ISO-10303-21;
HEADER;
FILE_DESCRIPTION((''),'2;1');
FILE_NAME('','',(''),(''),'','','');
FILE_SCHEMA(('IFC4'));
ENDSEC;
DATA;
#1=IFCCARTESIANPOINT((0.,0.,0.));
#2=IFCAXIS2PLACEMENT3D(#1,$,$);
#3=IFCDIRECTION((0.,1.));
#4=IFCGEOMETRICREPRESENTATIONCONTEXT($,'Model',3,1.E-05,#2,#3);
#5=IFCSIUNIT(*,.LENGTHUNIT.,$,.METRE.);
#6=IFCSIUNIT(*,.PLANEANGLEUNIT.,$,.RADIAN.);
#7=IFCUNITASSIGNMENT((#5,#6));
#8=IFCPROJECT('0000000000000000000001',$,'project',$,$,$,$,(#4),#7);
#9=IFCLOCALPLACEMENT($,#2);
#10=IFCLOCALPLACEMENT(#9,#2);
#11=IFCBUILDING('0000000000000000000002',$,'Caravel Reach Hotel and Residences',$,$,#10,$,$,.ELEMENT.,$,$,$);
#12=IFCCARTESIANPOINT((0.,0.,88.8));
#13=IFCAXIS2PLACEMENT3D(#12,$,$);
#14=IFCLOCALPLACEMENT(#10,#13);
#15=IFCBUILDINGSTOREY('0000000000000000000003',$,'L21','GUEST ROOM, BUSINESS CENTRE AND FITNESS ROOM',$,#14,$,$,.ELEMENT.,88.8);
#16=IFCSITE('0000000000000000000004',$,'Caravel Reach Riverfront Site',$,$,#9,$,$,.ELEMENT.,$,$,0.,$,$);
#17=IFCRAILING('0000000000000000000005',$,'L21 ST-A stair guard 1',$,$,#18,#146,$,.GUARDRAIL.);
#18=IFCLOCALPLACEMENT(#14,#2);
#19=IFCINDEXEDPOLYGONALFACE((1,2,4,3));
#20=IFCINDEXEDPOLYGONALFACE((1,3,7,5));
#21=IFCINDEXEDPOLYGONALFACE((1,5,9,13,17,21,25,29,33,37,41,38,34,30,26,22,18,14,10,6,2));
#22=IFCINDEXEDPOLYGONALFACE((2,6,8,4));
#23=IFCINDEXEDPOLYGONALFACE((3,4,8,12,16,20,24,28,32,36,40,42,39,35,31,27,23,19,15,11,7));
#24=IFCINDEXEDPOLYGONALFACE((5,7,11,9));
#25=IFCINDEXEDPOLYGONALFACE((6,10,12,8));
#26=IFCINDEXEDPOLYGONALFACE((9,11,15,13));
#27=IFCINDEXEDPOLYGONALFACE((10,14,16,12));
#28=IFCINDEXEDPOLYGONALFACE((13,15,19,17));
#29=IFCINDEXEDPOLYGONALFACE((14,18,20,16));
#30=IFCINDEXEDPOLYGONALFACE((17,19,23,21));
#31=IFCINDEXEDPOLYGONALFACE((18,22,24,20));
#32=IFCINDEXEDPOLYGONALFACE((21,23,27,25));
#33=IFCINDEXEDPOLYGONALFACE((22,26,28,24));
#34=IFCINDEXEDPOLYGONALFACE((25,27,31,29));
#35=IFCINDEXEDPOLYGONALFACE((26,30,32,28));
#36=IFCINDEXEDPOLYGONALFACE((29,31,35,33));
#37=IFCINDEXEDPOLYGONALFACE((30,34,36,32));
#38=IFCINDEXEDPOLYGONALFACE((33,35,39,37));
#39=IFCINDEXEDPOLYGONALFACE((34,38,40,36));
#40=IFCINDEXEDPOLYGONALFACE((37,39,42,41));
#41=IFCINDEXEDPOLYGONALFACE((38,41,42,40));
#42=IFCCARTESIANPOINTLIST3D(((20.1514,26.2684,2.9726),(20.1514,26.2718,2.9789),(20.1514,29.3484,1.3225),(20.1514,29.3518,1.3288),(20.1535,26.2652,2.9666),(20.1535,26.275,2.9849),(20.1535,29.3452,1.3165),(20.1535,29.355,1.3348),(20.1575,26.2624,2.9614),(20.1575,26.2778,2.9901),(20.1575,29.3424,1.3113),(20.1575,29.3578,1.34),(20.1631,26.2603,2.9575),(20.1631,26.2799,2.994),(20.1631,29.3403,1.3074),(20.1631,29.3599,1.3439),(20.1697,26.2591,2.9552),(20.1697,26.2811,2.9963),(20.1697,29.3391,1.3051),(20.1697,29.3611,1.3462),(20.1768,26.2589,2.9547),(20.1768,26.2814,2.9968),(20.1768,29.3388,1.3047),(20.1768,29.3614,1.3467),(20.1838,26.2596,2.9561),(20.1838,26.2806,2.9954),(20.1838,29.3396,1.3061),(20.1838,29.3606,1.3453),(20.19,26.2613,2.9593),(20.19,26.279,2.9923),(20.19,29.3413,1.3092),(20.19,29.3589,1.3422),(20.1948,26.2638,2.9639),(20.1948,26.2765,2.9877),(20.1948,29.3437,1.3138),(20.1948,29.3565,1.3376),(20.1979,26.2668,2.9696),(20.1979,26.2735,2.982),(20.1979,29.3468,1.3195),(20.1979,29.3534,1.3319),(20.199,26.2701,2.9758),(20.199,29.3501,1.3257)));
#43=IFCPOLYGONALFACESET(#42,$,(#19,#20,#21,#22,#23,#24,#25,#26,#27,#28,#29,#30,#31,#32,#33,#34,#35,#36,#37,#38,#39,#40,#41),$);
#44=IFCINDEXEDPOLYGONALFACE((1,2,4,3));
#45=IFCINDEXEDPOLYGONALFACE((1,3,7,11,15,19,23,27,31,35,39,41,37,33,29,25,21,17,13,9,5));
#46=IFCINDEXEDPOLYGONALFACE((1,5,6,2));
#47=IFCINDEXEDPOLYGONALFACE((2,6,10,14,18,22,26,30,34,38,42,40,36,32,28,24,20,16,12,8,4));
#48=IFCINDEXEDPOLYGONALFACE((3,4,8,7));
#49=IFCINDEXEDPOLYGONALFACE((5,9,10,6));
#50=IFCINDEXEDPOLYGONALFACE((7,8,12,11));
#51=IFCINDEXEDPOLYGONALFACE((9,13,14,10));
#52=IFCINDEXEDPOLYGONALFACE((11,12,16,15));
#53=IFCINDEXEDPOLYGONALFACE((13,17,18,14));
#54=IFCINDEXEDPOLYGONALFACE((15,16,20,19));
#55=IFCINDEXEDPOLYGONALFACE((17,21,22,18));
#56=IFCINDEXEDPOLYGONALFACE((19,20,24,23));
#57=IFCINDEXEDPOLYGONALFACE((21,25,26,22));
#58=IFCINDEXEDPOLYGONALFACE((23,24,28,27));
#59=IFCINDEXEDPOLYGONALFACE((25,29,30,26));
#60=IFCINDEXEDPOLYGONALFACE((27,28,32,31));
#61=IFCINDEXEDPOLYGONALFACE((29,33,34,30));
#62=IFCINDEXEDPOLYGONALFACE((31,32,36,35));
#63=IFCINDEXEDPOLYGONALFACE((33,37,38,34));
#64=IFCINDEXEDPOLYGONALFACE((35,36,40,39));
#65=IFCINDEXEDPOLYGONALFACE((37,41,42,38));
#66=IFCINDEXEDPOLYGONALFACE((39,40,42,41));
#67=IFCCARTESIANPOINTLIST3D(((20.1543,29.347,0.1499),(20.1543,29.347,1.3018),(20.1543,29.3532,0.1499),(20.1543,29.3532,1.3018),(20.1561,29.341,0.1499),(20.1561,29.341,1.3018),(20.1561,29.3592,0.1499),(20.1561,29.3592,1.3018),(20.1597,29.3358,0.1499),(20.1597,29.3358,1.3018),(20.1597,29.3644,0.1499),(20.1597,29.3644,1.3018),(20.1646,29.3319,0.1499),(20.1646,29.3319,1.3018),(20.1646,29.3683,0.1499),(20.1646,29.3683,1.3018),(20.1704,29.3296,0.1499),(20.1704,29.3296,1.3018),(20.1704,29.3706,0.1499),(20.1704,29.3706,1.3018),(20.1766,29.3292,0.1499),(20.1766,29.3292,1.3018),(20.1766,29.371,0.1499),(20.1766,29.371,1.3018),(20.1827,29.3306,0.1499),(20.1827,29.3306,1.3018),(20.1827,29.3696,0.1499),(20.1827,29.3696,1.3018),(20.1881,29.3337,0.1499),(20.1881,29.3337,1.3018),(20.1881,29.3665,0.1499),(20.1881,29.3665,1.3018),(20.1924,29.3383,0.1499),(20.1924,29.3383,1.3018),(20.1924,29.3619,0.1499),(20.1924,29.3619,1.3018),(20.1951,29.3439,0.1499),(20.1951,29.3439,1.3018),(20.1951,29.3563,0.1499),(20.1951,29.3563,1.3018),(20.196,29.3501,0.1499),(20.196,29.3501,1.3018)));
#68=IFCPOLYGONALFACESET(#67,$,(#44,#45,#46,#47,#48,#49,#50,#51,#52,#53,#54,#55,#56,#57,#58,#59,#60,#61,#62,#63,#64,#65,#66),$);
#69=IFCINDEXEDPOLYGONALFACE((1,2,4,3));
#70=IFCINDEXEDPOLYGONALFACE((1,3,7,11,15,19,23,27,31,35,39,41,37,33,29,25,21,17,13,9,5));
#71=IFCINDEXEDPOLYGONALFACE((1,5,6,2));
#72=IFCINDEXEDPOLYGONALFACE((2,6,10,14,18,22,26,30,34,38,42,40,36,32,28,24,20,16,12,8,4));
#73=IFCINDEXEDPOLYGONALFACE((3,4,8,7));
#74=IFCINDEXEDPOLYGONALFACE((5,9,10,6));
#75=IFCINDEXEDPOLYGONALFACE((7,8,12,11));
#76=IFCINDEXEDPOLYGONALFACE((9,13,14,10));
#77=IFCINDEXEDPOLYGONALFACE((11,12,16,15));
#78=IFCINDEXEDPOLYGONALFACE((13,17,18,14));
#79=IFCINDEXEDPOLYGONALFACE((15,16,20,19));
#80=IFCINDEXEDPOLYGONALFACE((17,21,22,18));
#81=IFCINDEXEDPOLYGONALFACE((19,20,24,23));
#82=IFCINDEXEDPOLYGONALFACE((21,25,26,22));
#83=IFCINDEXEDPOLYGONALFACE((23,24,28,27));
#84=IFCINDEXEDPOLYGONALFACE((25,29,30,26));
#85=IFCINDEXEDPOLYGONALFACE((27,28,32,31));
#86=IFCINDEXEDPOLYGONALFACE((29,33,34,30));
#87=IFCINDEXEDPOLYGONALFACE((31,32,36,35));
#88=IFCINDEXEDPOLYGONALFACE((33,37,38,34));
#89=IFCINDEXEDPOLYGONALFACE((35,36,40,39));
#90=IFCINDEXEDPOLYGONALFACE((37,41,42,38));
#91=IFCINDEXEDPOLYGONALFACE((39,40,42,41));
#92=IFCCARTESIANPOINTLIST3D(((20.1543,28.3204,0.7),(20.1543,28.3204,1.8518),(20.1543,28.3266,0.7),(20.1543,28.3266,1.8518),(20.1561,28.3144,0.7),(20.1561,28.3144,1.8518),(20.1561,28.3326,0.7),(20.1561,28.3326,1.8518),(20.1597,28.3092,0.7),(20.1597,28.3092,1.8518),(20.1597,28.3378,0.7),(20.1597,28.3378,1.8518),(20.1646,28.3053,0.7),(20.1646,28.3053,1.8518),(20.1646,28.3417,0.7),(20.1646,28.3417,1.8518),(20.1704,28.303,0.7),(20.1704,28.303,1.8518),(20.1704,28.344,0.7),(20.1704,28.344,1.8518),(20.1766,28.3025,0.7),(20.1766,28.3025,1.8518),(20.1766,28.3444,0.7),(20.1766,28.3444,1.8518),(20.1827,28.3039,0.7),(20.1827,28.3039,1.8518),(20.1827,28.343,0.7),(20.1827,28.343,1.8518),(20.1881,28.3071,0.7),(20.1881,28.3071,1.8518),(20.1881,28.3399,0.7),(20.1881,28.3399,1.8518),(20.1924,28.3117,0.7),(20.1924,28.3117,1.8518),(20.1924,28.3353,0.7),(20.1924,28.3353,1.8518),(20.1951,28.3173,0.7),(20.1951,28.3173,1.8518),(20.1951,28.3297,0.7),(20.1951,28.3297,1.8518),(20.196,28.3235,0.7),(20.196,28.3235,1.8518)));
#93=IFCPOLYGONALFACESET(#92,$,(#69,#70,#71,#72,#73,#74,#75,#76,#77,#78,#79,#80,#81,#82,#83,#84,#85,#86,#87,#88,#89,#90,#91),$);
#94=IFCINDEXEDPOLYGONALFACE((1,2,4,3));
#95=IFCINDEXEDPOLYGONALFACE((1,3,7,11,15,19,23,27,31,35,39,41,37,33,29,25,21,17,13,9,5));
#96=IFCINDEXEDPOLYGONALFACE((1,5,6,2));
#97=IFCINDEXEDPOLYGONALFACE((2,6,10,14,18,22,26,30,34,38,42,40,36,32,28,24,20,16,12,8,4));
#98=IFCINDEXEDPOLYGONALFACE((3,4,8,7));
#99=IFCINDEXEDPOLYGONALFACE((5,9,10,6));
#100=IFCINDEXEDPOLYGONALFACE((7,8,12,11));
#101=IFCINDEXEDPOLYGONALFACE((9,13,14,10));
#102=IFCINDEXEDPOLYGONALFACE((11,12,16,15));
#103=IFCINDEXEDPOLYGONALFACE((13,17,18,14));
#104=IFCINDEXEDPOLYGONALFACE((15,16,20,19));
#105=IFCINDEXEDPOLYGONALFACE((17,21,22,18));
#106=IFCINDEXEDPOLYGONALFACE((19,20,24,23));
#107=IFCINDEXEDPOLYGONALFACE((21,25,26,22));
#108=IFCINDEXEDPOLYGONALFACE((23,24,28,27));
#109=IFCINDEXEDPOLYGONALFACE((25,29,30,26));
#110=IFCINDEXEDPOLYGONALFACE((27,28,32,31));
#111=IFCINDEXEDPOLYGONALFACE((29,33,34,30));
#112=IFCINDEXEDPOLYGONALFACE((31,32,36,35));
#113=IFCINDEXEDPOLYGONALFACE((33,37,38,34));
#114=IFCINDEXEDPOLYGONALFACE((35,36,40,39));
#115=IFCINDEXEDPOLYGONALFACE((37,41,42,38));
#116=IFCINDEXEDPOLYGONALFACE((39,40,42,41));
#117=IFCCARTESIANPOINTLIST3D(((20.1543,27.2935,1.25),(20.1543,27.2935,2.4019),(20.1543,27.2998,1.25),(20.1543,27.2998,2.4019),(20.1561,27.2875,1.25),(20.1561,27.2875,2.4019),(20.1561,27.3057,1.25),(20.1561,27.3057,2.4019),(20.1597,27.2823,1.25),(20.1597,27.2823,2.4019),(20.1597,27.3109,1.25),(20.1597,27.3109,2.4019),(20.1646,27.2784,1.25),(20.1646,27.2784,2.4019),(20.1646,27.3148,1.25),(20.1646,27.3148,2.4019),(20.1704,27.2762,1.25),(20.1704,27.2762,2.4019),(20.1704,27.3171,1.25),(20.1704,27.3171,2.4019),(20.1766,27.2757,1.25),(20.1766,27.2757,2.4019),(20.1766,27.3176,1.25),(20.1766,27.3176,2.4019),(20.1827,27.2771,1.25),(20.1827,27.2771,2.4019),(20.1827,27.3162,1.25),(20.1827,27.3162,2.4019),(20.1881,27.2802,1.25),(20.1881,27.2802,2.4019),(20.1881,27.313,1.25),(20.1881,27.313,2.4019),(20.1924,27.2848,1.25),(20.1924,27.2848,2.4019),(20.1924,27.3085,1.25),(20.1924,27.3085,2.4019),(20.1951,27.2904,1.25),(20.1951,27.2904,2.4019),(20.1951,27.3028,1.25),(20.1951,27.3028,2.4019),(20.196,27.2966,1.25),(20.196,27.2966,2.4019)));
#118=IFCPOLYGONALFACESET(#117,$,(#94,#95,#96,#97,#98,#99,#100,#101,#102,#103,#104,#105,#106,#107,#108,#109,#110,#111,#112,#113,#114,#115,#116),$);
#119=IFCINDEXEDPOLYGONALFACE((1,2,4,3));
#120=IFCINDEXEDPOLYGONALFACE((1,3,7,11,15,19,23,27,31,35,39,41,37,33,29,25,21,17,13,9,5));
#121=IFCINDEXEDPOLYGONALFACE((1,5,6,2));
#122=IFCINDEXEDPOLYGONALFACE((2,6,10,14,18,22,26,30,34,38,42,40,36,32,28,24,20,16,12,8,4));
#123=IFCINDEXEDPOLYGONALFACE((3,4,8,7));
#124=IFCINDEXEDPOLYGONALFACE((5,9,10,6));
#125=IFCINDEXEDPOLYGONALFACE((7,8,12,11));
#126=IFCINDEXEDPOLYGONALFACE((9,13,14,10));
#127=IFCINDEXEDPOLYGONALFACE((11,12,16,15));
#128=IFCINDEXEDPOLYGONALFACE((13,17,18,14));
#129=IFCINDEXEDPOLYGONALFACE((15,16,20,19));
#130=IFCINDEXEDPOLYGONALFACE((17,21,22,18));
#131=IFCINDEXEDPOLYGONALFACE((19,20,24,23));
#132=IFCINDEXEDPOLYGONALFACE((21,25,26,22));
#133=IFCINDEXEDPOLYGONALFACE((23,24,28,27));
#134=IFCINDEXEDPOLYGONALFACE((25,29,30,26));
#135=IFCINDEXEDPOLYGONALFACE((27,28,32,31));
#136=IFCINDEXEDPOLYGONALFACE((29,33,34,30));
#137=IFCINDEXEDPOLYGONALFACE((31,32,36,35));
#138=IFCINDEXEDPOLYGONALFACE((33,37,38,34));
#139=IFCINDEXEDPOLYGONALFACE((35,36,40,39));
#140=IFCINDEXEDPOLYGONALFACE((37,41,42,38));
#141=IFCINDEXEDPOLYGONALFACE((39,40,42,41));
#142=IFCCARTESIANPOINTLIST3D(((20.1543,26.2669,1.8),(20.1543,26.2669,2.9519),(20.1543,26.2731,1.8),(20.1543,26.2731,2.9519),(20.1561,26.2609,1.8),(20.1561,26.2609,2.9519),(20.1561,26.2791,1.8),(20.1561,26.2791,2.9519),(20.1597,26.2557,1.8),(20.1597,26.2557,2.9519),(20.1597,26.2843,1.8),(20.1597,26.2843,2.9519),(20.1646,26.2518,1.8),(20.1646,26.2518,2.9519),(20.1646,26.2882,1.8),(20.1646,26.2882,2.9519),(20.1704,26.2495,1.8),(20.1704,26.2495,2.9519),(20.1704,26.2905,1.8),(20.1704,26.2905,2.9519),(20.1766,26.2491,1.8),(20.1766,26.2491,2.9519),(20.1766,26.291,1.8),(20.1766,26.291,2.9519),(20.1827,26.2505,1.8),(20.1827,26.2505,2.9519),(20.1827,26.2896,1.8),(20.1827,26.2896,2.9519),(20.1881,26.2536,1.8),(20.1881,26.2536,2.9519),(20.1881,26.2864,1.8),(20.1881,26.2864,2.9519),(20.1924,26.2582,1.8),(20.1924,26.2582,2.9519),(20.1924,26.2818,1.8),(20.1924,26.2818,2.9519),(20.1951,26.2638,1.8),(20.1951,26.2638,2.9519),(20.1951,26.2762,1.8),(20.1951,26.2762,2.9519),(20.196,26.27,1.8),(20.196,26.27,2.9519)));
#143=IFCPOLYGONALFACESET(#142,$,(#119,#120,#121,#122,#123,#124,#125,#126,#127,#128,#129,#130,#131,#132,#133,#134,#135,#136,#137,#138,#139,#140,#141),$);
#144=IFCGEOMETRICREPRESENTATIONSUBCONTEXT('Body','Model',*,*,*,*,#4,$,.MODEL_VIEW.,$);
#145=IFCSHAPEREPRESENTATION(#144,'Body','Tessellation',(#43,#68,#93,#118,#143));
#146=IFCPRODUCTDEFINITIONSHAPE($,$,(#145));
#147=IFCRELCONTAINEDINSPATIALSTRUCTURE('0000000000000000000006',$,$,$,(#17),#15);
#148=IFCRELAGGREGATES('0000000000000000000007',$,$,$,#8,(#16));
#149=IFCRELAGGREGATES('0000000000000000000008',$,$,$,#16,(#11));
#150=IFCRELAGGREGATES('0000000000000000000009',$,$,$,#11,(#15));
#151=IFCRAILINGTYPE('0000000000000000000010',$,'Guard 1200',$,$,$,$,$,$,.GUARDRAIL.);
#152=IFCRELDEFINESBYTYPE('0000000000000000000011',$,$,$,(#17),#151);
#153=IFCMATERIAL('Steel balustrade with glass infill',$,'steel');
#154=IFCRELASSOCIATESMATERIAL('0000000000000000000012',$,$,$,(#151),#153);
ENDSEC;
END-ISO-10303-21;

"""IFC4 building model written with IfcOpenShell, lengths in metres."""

from ifc_helpers import new_model, si_unit, direction, frame, origin, origin_2d, place, context, subcontext, project, spatial, circle, extrude, material, type_object, element, save


model = new_model("IFC4")

# Units and contexts
model_context = context("Model", 3, precision=1e-05, world=origin(), true_north=direction((0.0, 1.0)))
body_context = subcontext(model_context, "Body", "Model", "MODEL_VIEW")
ifc_project = project(units=[si_unit("LENGTHUNIT", "METRE"), si_unit("PLANEANGLEUNIT", "RADIAN")], contexts=[model_context])

# Site, building, storey
site_placement = place(None, origin())
site = spatial("IfcSite", under=ifc_project, at=site_placement, Name="Caravel Reach Riverfront Site", CompositionType="ELEMENT", RefElevation=0.0)
building_placement = place(site_placement, origin())
building = spatial("IfcBuilding", under=site, at=building_placement, Name="Caravel Reach Hotel and Residences", CompositionType="ELEMENT")
storey_placement = place(building_placement, frame((0.0, 0.0, 88.8)))
storey = spatial("IfcBuildingStorey", under=building, at=storey_placement, Name="L21", Description="GUEST ROOM, BUSINESS CENTRE AND FITNESS ROOM", CompositionType="ELEMENT", Elevation=88.8)

# Railing
ifc_material_1 = material(Name="Steel balustrade with glass infill", Category="steel")
railing_type_1 = type_object("IfcRailingType", Name="Guard 1200", PredefinedType="GUARDRAIL", material=ifc_material_1)
railing_1_placement = place(storey_placement, frame((20.175, 29.3501, 0.1499)))
element("IfcRailing", 1, at=railing_1_placement, inside=storey, type_object=railing_type_1, Name="L21 ST-A stair guard 1", PredefinedType="GUARDRAIL", context=body_context, shape_type="SweptSolid", body=[
    extrude(circle(Radius=0.0239, at=origin_2d()), frame((0.0, 0.0, 1.1758), z_axis=(0.0, -0.881468, 0.472245), x_axis=(1.0, 0.0, 0.0)), (0.0, 0.0, 1.0), 3.4941),
    extrude(circle(Radius=0.021, at=origin_2d()), origin(), (0.0, 0.0, 1.0), 1.1519),
    extrude(circle(Radius=0.021, at=origin_2d()), frame((0.0, -1.0266, 0.55)), (0.0, 0.0, 1.0), 1.1519),
    extrude(circle(Radius=0.021, at=origin_2d()), frame((0.0, -2.0535, 1.1001)), (0.0, 0.0, 1.0), 1.1519),
    extrude(circle(Radius=0.021, at=origin_2d()), frame((0.0, -3.0801, 1.6501)), (0.0, 0.0, 1.0), 1.1519),
])

save(model, "model.ifc")
